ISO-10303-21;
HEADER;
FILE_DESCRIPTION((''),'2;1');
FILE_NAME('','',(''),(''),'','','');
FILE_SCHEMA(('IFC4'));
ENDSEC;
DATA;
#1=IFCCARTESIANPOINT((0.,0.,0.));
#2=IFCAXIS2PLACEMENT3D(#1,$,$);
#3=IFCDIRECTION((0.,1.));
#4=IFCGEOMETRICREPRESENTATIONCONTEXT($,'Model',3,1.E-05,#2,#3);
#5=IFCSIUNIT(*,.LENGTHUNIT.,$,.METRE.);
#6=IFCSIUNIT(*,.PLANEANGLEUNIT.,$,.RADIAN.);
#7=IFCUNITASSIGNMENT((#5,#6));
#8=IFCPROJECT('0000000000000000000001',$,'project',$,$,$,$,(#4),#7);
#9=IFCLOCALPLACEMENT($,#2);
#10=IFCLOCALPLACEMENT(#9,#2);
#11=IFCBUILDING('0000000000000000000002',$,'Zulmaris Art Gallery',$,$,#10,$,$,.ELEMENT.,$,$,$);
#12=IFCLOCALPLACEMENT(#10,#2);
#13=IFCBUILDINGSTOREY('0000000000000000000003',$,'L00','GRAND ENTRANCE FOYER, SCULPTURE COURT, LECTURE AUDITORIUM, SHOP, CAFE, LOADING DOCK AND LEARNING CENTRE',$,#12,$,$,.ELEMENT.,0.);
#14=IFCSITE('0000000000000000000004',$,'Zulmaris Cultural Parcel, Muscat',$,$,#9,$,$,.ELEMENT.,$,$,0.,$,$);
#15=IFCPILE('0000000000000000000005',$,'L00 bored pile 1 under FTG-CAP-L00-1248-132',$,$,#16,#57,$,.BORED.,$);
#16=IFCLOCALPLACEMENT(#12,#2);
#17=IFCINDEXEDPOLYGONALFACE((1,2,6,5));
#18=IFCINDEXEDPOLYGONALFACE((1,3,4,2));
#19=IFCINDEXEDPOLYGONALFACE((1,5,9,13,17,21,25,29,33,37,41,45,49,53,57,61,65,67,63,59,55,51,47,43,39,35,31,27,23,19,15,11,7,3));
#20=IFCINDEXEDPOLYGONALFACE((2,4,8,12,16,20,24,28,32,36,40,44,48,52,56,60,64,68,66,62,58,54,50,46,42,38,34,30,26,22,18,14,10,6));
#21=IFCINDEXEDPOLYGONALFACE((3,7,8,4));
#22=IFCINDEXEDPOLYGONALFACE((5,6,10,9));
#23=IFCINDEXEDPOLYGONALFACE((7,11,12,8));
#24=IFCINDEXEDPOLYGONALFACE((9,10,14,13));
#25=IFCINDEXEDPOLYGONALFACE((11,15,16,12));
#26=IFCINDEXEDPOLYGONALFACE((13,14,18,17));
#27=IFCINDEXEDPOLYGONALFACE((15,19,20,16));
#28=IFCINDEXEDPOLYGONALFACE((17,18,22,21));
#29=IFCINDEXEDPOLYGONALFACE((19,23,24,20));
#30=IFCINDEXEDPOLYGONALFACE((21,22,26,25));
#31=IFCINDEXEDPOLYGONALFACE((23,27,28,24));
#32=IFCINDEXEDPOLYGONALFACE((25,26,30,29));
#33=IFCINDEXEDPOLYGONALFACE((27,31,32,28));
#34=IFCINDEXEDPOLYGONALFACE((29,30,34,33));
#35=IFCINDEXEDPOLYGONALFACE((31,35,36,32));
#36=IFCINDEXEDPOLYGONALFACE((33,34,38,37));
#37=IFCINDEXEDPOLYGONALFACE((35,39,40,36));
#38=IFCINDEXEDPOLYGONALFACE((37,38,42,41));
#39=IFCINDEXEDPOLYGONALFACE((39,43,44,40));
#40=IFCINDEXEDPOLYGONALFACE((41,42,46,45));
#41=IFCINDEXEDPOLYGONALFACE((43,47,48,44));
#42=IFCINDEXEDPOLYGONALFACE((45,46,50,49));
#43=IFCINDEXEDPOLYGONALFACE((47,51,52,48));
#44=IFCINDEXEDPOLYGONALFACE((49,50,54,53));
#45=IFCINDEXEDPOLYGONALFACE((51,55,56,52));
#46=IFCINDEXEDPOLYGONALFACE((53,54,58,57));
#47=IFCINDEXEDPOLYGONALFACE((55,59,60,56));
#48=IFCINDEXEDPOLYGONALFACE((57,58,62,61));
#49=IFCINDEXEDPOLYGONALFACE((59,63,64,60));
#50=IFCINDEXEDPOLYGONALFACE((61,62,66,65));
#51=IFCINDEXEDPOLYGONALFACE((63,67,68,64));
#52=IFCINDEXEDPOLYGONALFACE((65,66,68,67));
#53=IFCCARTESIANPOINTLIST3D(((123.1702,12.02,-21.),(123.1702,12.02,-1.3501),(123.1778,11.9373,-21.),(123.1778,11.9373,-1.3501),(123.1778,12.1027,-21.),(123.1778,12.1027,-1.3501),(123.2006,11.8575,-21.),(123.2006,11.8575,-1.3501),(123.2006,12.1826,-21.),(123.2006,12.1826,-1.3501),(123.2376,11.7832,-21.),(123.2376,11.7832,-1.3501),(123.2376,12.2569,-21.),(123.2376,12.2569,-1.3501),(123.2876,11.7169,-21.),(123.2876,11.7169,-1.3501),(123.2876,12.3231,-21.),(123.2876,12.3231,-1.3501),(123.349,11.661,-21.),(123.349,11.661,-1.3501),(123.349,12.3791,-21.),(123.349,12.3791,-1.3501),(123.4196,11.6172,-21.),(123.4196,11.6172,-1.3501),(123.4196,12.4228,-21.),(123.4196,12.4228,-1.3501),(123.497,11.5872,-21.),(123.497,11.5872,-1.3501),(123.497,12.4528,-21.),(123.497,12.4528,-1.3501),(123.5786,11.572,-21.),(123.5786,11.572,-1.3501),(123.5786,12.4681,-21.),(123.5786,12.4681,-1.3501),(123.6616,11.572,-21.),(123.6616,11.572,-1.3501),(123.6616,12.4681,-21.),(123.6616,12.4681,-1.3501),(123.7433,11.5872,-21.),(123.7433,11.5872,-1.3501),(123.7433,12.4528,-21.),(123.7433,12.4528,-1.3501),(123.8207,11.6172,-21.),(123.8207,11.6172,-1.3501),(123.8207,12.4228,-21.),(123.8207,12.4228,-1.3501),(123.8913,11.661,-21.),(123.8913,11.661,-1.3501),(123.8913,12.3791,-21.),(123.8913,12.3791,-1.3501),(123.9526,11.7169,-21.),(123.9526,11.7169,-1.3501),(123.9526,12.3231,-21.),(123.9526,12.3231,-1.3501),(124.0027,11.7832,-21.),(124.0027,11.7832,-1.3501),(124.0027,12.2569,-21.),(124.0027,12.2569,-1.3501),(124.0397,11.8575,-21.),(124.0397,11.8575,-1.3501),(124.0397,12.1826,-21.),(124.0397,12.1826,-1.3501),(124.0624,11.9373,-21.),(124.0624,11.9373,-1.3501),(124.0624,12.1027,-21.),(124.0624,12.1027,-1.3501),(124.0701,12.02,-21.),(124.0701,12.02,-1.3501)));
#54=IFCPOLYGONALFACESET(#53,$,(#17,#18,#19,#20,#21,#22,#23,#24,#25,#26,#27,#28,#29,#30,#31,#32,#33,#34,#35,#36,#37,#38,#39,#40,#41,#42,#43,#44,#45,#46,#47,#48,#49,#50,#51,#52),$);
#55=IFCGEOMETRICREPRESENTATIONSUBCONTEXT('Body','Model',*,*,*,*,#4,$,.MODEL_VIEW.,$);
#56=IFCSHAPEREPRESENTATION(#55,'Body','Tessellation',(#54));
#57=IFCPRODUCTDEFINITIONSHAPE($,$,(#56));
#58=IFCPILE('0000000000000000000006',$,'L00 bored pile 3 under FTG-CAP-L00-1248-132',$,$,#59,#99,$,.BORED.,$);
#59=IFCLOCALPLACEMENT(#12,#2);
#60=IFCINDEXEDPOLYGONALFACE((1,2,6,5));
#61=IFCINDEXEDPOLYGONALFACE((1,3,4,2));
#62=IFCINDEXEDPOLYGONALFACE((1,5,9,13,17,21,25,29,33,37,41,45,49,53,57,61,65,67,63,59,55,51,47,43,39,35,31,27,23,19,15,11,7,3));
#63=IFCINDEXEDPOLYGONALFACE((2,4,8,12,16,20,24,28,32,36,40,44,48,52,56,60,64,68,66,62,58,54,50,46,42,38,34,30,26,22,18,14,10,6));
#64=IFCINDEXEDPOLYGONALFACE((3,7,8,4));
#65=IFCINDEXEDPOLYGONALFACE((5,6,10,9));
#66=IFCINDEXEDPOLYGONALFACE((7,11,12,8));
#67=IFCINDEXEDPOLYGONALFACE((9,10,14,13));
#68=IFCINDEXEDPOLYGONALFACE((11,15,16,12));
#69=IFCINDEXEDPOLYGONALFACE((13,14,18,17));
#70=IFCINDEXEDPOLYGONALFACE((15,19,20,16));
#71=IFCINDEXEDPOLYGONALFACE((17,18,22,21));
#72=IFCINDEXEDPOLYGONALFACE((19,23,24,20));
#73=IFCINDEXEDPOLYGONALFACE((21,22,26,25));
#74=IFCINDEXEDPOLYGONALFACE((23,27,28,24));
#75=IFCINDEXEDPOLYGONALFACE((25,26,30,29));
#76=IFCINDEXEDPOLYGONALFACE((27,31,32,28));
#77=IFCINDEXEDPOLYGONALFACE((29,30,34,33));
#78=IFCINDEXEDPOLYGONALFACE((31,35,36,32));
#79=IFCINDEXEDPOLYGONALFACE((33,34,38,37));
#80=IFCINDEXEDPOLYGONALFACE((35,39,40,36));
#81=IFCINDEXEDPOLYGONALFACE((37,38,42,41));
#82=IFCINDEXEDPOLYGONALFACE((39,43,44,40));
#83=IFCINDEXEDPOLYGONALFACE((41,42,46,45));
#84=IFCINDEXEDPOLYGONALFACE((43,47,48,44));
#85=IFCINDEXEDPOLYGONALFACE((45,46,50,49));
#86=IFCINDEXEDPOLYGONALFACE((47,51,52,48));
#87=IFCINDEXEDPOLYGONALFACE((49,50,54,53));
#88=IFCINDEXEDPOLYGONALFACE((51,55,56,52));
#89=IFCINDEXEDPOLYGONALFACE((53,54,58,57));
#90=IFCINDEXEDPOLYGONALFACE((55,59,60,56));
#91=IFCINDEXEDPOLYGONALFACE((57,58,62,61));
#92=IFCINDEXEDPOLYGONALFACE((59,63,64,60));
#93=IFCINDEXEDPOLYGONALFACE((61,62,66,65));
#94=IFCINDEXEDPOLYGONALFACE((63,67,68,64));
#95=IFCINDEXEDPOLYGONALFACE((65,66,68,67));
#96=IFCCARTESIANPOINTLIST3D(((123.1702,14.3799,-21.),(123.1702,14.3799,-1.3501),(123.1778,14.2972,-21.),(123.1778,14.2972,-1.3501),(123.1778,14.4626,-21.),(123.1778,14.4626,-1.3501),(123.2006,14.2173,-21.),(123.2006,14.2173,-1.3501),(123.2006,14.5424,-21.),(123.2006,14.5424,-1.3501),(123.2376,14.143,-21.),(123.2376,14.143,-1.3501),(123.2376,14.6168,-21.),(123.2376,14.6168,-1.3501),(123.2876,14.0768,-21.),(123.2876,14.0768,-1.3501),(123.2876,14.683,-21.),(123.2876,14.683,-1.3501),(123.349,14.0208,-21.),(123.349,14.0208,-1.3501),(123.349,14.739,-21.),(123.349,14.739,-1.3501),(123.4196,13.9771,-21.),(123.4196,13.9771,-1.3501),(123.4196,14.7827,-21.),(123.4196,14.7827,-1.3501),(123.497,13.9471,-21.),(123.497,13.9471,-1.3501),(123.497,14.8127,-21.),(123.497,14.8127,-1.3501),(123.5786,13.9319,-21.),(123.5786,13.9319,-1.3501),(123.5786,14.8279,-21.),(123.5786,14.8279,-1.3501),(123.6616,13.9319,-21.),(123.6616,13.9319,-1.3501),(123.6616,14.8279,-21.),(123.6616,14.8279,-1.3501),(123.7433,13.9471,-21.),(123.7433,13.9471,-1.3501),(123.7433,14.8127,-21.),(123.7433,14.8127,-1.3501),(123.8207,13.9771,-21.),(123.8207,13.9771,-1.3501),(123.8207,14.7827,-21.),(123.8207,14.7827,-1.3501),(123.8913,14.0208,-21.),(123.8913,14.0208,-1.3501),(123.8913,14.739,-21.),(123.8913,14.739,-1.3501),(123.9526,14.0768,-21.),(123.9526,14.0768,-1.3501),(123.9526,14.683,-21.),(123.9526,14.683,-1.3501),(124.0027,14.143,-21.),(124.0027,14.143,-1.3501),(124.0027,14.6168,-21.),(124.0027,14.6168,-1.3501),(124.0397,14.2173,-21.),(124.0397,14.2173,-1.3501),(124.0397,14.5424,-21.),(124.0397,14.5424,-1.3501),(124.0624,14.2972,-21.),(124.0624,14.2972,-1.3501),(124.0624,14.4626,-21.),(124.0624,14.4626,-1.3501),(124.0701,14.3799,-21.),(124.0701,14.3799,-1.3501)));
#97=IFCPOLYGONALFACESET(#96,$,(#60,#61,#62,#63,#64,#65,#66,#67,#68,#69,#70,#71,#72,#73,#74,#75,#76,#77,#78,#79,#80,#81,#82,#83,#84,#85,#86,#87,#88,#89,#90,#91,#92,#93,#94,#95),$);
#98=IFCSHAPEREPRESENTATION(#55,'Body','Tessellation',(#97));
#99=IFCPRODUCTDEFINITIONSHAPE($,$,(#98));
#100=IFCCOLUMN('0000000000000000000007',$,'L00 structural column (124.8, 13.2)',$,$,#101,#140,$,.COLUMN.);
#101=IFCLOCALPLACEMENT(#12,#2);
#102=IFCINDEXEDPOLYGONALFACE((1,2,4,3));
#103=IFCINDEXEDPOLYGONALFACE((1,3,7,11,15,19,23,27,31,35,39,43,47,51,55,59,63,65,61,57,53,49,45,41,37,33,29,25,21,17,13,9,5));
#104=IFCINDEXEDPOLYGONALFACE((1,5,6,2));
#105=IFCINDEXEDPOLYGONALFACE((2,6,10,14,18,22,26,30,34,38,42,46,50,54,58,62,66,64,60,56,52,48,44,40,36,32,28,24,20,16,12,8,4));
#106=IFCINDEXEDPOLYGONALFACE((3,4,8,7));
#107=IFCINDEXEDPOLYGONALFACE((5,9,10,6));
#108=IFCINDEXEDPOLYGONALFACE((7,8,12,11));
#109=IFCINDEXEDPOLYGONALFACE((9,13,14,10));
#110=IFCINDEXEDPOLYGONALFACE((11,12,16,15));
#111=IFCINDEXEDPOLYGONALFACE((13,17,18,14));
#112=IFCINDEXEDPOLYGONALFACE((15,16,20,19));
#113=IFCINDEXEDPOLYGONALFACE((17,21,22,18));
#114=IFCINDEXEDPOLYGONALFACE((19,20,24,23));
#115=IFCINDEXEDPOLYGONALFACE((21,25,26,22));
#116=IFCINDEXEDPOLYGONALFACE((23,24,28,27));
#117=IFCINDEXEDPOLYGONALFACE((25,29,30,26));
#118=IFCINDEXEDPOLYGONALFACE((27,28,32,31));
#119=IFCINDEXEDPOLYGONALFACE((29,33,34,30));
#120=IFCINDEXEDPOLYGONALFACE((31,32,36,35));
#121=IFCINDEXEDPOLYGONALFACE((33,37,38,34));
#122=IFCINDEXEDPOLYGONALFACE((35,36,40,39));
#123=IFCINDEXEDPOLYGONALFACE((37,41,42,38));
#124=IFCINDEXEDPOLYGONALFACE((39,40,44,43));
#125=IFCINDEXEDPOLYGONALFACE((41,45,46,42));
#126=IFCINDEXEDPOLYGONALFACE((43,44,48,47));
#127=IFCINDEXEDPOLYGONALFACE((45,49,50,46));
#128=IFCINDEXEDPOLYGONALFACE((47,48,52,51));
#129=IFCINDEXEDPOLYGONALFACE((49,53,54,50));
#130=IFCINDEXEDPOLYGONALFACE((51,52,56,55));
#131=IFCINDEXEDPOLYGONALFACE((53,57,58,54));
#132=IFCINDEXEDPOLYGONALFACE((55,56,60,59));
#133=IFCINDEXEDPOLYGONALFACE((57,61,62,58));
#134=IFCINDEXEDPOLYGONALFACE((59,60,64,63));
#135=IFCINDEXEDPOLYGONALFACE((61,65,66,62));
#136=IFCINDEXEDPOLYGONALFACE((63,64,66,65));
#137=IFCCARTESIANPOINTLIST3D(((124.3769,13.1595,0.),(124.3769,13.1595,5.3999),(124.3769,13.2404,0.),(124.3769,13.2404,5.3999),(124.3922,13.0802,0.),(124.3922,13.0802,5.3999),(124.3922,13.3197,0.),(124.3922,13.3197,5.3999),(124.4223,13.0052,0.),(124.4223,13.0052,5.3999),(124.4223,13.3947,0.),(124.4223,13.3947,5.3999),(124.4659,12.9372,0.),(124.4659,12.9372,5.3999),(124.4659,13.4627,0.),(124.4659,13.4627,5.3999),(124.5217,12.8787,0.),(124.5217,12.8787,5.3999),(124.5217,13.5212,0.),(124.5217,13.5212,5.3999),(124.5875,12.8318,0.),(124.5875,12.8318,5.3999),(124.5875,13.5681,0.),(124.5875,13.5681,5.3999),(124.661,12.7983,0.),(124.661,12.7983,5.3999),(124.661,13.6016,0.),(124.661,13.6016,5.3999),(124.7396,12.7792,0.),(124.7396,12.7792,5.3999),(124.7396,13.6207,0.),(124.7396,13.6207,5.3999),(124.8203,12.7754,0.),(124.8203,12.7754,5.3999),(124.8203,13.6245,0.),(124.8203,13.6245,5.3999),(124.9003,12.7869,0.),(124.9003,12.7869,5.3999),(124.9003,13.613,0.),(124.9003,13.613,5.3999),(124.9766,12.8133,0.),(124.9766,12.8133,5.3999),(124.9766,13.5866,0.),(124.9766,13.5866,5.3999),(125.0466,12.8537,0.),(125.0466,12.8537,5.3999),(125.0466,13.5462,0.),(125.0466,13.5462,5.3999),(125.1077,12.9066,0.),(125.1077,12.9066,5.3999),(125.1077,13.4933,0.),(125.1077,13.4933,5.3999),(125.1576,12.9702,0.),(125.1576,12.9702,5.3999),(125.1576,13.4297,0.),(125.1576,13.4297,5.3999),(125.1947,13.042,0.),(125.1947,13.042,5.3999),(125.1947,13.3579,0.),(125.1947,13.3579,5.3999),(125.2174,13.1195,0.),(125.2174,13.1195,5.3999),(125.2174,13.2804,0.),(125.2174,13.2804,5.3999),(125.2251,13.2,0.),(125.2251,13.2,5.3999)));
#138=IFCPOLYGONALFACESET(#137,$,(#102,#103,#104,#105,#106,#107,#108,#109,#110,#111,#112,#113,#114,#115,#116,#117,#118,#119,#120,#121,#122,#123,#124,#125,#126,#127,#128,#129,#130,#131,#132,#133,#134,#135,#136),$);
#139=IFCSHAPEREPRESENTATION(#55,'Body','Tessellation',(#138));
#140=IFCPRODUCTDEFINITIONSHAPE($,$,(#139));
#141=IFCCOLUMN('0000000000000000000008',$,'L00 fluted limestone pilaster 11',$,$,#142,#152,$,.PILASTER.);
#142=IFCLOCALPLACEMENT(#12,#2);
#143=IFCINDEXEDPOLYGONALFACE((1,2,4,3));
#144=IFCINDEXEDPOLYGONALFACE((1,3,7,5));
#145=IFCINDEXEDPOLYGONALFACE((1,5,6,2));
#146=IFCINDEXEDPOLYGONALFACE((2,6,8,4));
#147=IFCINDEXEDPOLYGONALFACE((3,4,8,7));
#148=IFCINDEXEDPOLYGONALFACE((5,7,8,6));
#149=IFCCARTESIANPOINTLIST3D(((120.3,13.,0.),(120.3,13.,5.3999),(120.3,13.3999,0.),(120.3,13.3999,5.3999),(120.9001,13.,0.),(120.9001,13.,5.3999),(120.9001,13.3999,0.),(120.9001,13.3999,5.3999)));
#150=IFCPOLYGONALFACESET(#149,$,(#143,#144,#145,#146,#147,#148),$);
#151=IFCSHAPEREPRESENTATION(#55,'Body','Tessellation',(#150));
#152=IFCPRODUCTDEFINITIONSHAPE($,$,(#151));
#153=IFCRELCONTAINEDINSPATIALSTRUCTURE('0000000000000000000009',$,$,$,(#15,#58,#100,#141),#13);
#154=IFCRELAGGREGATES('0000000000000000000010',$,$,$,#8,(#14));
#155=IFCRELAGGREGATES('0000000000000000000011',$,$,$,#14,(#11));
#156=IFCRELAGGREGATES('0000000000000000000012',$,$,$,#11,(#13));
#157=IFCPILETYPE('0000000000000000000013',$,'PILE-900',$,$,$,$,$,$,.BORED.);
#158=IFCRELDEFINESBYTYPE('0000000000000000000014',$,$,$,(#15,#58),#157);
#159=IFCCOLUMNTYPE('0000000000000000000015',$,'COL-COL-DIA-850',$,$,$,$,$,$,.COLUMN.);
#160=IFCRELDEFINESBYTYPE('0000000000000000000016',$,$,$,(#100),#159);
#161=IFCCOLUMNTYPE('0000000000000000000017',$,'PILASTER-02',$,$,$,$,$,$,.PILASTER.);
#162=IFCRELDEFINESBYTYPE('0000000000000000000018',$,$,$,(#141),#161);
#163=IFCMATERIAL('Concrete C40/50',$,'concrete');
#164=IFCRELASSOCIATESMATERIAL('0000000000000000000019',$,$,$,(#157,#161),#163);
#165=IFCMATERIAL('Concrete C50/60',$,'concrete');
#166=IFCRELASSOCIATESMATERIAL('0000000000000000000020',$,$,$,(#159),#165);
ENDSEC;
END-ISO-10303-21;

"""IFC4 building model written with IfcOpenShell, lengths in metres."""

from ifc_helpers import new_model, si_unit, direction, frame, origin, origin_2d, place, context, subcontext, project, spatial, rectangle, circle, extrude, material, material_profile, profile_set, type_object, element, save


model = new_model("IFC4")

# Units and contexts
model_context = context("Model", 3, precision=1e-05, world=origin(), true_north=direction((0.0, 1.0)))
body_context = subcontext(model_context, "Body", "Model", "MODEL_VIEW")
ifc_project = project(units=[si_unit("LENGTHUNIT", "METRE"), si_unit("PLANEANGLEUNIT", "RADIAN")], contexts=[model_context])

# Site, building, storey
site_placement = place(None, origin())
site = spatial("IfcSite", under=ifc_project, at=site_placement, Name="Zulmaris Cultural Parcel, Muscat", CompositionType="ELEMENT", RefElevation=0.0)
building_placement = place(site_placement, origin())
building = spatial("IfcBuilding", under=site, at=building_placement, Name="Zulmaris Art Gallery", CompositionType="ELEMENT")
storey_placement = place(building_placement, origin())
storey = spatial("IfcBuildingStorey", under=building, at=storey_placement, Name="L00", Description="GRAND ENTRANCE FOYER, SCULPTURE COURT, LECTURE AUDITORIUM, SHOP, CAFE, LOADING DOCK AND LEARNING CENTRE", CompositionType="ELEMENT", Elevation=0.0)

# Piles
ifc_material_1 = material(Name="Concrete C40/50", Category="concrete")
ifc_material_profile_1 = material_profile(ifc_material_1, circle(Radius=0.45, at=origin_2d()), Name="PILE DIA 900")
ifc_profile_set_1 = profile_set([ifc_material_profile_1], Name="Concrete C40/50")
pile_type_1 = type_object("IfcPileType", Name="PILE-900", PredefinedType="BORED", material=ifc_profile_set_1)
for number, where, z_axis, x_axis, name in (
    (1, (123.6201, 12.02, -1.3501), (0.0, 0.0, -1.0), (1.0, 0.0, 0.0), "L00 bored pile 1 under FTG-CAP-L00-1248-132"),
    (2, (123.6201, 14.3799, -1.3501), (0.0, 0.0, -1.0), (1.0, 0.0, 0.0), "L00 bored pile 3 under FTG-CAP-L00-1248-132"),
):
    element("IfcPile", number, at=place(storey_placement, frame(where, z_axis=z_axis, x_axis=x_axis)), inside=storey, type_object=pile_type_1, Name=name, PredefinedType="BORED", context=body_context, shape_type="SweptSolid", body=[
        extrude(circle(Radius=0.45, at=origin_2d()), origin(), (0.0, 0.0, 1.0), 19.6499),
    ])

# Columns
ifc_material_2 = material(Name="Concrete C50/60", Category="concrete")
ifc_material_profile_2 = material_profile(ifc_material_2, circle(Radius=0.425, at=origin_2d()), Name="COL DIA 850")
ifc_profile_set_2 = profile_set([ifc_material_profile_2], Name="Concrete C50/60")
column_type_1 = type_object("IfcColumnType", Name="COL-COL-DIA-850", PredefinedType="COLUMN", material=ifc_profile_set_2)
column_1_placement = place(storey_placement, frame((124.8, 13.2, 0.0), z_axis=(0.0, 0.0, 1.0), x_axis=(1.0, 0.0, 0.0)))
element("IfcColumn", 3, at=column_1_placement, inside=storey, type_object=column_type_1, Name="L00 structural column (124.8, 13.2)", PredefinedType="COLUMN", context=body_context, shape_type="SweptSolid", body=[
    extrude(circle(Radius=0.425, at=origin_2d()), origin(), (0.0, 0.0, 1.0), 5.3999),
])
ifc_material_profile_3 = material_profile(ifc_material_1, rectangle(XDim=0.6001, YDim=0.3999, at=origin_2d()), Name="PIL 600x400")
ifc_profile_set_3 = profile_set([ifc_material_profile_3], Name="Concrete C40/50")
column_type_2 = type_object("IfcColumnType", Name="PILASTER-02", PredefinedType="PILASTER", material=ifc_profile_set_3)
column_2_placement = place(storey_placement, frame((120.6001, 13.2, 0.0), z_axis=(0.0, 0.0, 1.0), x_axis=(1.0, 0.0, 0.0)))
element("IfcColumn", 4, at=column_2_placement, inside=storey, type_object=column_type_2, Name="L00 fluted limestone pilaster 11", PredefinedType="PILASTER", context=body_context, shape_type="SweptSolid", body=[
    extrude(rectangle(XDim=0.6001, YDim=0.3999, at=origin_2d()), origin(), (0.0, 0.0, 1.0), 5.3999),
])

save(model, "model.ifc")
